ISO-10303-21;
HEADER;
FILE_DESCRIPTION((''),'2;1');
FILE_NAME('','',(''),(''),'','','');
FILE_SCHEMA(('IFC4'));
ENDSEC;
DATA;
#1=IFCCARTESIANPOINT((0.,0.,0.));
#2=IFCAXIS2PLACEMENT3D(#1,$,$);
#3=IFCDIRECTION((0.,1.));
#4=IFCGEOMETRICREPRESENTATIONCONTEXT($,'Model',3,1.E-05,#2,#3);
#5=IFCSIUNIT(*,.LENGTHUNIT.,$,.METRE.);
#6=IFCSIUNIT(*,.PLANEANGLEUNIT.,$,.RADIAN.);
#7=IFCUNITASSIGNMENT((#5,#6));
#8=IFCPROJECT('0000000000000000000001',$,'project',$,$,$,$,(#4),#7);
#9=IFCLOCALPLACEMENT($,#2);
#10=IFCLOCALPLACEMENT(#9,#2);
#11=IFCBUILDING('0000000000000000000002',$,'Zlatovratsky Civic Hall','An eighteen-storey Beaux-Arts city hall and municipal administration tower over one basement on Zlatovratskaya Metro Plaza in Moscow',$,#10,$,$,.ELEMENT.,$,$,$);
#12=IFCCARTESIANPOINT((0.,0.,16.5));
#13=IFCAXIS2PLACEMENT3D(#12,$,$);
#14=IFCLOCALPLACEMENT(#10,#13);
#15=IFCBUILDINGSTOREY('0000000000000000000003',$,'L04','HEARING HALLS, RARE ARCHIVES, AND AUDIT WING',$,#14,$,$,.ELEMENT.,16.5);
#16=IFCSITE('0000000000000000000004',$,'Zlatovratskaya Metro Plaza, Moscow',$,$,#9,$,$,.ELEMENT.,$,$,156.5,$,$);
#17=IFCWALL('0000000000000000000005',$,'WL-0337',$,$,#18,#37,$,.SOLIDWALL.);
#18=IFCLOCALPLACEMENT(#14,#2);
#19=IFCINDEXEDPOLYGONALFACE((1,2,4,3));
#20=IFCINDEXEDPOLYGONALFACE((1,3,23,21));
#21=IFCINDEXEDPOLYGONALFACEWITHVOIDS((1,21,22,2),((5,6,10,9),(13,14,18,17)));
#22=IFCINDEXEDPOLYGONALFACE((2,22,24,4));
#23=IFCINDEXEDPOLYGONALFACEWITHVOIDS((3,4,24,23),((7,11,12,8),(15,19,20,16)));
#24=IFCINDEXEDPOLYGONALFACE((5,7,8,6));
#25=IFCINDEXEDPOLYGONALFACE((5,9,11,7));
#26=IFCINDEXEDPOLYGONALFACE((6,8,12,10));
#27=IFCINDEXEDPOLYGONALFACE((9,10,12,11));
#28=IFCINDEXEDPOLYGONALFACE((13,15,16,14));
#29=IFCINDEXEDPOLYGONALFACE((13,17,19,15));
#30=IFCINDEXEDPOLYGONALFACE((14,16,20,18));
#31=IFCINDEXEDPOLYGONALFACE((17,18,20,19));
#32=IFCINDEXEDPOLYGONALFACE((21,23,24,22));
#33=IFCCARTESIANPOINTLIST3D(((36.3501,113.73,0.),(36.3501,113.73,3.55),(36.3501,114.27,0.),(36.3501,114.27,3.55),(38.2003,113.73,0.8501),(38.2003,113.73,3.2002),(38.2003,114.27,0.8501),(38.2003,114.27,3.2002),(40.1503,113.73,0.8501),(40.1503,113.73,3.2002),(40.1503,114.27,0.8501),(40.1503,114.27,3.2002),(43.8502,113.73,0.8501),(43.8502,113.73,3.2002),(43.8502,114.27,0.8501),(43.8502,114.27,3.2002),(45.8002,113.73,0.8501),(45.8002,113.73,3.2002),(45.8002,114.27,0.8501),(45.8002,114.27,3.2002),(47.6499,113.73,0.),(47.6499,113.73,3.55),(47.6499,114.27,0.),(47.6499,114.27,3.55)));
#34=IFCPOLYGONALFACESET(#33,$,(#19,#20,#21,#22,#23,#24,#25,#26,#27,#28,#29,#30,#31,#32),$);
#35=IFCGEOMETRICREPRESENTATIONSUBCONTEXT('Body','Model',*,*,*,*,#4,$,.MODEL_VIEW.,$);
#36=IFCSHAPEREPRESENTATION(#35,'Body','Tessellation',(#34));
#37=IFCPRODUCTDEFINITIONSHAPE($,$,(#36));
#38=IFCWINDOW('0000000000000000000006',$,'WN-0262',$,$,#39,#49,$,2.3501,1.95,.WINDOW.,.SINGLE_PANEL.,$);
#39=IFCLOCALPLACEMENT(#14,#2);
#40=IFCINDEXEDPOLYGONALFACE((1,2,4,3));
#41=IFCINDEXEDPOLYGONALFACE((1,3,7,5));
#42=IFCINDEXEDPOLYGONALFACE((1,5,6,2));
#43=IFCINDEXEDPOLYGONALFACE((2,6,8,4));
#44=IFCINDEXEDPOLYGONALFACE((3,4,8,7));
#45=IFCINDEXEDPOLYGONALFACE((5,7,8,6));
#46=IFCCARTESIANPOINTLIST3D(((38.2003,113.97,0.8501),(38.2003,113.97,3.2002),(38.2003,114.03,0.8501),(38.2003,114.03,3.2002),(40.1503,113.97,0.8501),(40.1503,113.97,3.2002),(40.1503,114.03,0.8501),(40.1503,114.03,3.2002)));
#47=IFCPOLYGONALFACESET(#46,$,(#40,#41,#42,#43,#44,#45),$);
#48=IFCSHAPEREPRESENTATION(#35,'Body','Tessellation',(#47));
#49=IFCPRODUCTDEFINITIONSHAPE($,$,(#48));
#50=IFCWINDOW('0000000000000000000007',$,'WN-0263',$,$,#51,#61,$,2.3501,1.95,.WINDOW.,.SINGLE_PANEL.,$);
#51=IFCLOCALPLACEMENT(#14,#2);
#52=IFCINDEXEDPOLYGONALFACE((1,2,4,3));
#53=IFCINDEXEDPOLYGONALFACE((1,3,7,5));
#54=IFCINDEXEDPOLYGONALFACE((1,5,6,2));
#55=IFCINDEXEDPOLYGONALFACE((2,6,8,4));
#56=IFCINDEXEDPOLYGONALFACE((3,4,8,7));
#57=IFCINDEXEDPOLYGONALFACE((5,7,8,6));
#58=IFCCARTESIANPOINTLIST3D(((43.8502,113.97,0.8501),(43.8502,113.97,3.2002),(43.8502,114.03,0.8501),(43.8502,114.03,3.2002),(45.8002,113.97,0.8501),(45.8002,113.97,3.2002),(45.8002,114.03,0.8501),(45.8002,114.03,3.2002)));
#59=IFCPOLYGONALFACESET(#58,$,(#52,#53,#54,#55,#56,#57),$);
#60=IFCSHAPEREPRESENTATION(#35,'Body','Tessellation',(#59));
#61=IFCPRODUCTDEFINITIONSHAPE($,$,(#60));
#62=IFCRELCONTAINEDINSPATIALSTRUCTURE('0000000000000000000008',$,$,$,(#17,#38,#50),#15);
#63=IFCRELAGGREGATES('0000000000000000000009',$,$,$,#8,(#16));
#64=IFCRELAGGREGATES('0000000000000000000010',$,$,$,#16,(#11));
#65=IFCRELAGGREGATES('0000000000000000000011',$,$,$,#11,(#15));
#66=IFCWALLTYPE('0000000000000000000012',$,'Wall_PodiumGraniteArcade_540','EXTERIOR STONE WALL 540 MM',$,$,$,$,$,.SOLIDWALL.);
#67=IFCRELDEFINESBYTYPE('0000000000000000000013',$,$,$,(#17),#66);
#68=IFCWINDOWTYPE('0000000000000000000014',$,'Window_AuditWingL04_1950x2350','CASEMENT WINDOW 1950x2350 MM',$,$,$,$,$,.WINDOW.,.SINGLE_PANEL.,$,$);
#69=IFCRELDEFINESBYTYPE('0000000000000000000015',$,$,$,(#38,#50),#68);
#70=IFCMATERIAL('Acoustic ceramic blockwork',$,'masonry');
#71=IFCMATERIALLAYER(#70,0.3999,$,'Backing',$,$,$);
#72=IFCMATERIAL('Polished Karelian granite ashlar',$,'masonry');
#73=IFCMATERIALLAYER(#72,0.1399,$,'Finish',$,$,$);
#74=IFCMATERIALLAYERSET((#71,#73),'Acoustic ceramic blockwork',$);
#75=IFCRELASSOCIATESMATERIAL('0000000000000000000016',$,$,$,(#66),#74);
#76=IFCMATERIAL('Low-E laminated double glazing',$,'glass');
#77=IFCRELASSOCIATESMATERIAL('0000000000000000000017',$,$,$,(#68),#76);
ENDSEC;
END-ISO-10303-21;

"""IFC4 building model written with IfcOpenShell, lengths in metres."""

from ifc_helpers import new_model, si_unit, direction, frame, frame_2d, origin, place, context, subcontext, project, spatial, rectangle, extrude, material, layer, layer_set, type_object, element, fill, save


model = new_model("IFC4")

# Units and contexts
model_context = context("Model", 3, precision=1e-05, world=origin(), true_north=direction((0.0, 1.0)))
body_context = subcontext(model_context, "Body", "Model", "MODEL_VIEW")
ifc_project = project(units=[si_unit("LENGTHUNIT", "METRE"), si_unit("PLANEANGLEUNIT", "RADIAN")], contexts=[model_context])

# Site, building, storey
site_placement = place(None, origin())
site = spatial("IfcSite", under=ifc_project, at=site_placement, Name="Zlatovratskaya Metro Plaza, Moscow", CompositionType="ELEMENT", RefElevation=156.5)
building_placement = place(site_placement, origin())
building = spatial("IfcBuilding", under=site, at=building_placement, Name="Zlatovratsky Civic Hall", Description="An eighteen-storey Beaux-Arts city hall and municipal administration tower over one basement on Zlatovratskaya Metro Plaza in Moscow", CompositionType="ELEMENT")
storey_placement = place(building_placement, frame((0.0, 0.0, 16.5)))
storey = spatial("IfcBuildingStorey", under=building, at=storey_placement, Name="L04", Description="HEARING HALLS, RARE ARCHIVES, AND AUDIT WING", CompositionType="ELEMENT", Elevation=16.5)

# Wall, openings, windows
ifc_material_1 = material(Name="Acoustic ceramic blockwork", Category="masonry")
ifc_layer_1 = layer(ifc_material_1, 0.3999, Name="Backing")
ifc_material_2 = material(Name="Polished Karelian granite ashlar", Category="masonry")
ifc_layer_2 = layer(ifc_material_2, 0.1399, Name="Finish")
ifc_layer_set = layer_set([ifc_layer_1, ifc_layer_2], Name="Acoustic ceramic blockwork")
wall_type = type_object("IfcWallType", Name="Wall_PodiumGraniteArcade_540", Description="EXTERIOR STONE WALL 540 MM", PredefinedType="SOLIDWALL", material=ifc_layer_set)
ifc_material_3 = material(Name="Low-E laminated double glazing", Category="glass")
window_type = type_object("IfcWindowType", Name="Window_AuditWingL04_1950x2350", Description="CASEMENT WINDOW 1950x2350 MM", PartitioningType="SINGLE_PANEL", PredefinedType="WINDOW", material=ifc_material_3)
wall_1_placement = place(storey_placement, frame((36.3501, 114.0, 0.0), z_axis=(0.0, 0.0, 1.0), x_axis=(1.0, 0.0, 0.0)))
wall_1 = element("IfcWall", 1, at=wall_1_placement, inside=storey, type_object=wall_type, Name="WL-0337", PredefinedType="SOLIDWALL", context=body_context, shape_type="SweptSolid", body=[
    extrude(rectangle(XDim=11.2998, YDim=0.54, at=frame_2d((5.6499, 0.0))), origin(), (0.0, 0.0, 1.0), 3.55),
])
opening_1_placement = place(wall_1_placement, frame((1.8501, 0.0, 0.8501)))
opening_1 = element("IfcOpeningElement", 2, at=opening_1_placement, cuts=wall_1, PredefinedType="OPENING", context=body_context, shape_type="SweptSolid", body=[
    extrude(rectangle(XDim=1.95, YDim=2.3501, at=frame_2d((0.9751, 1.175))), frame((0.0, 0.2849, 0.0), z_axis=(0.0, -1.0, 0.0), x_axis=(1.0, 0.0, 0.0)), (0.0, 0.0, 1.0), 0.5698),
])
opening_2_placement = place(wall_1_placement, frame((7.5, 0.0, 0.8501)))
opening_2 = element("IfcOpeningElement", 3, at=opening_2_placement, cuts=wall_1, PredefinedType="OPENING", context=body_context, shape_type="SweptSolid", body=[
    extrude(rectangle(XDim=1.95, YDim=2.3501, at=frame_2d((0.9751, 1.175))), frame((0.0, 0.2849, 0.0), z_axis=(0.0, -1.0, 0.0), x_axis=(1.0, 0.0, 0.0)), (0.0, 0.0, 1.0), 0.5698),
])
window_1_placement = place(opening_1_placement, origin())
window_1 = element("IfcWindow", 4, at=window_1_placement, inside=storey, type_object=window_type, Name="WN-0262", OverallHeight=2.3501, OverallWidth=1.95, PartitioningType="SINGLE_PANEL", PredefinedType="WINDOW", context=body_context, shape_type="SweptSolid", body=[
    extrude(rectangle(XDim=1.95, YDim=2.3501, at=frame_2d((0.9751, 1.175))), frame((0.0, 0.03, 0.0), z_axis=(0.0, -1.0, 0.0), x_axis=(1.0, 0.0, 0.0)), (0.0, 0.0, 1.0), 0.0601),
])
fill(opening_1, window_1)
window_2_placement = place(opening_2_placement, origin())
window_2 = element("IfcWindow", 5, at=window_2_placement, inside=storey, type_object=window_type, Name="WN-0263", OverallHeight=2.3501, OverallWidth=1.95, PartitioningType="SINGLE_PANEL", PredefinedType="WINDOW", context=body_context, shape_type="SweptSolid", body=[
    extrude(rectangle(XDim=1.95, YDim=2.3501, at=frame_2d((0.9751, 1.175))), frame((0.0, 0.03, 0.0), z_axis=(0.0, -1.0, 0.0), x_axis=(1.0, 0.0, 0.0)), (0.0, 0.0, 1.0), 0.0601),
])
fill(opening_2, window_2)

save(model, "model.ifc")
